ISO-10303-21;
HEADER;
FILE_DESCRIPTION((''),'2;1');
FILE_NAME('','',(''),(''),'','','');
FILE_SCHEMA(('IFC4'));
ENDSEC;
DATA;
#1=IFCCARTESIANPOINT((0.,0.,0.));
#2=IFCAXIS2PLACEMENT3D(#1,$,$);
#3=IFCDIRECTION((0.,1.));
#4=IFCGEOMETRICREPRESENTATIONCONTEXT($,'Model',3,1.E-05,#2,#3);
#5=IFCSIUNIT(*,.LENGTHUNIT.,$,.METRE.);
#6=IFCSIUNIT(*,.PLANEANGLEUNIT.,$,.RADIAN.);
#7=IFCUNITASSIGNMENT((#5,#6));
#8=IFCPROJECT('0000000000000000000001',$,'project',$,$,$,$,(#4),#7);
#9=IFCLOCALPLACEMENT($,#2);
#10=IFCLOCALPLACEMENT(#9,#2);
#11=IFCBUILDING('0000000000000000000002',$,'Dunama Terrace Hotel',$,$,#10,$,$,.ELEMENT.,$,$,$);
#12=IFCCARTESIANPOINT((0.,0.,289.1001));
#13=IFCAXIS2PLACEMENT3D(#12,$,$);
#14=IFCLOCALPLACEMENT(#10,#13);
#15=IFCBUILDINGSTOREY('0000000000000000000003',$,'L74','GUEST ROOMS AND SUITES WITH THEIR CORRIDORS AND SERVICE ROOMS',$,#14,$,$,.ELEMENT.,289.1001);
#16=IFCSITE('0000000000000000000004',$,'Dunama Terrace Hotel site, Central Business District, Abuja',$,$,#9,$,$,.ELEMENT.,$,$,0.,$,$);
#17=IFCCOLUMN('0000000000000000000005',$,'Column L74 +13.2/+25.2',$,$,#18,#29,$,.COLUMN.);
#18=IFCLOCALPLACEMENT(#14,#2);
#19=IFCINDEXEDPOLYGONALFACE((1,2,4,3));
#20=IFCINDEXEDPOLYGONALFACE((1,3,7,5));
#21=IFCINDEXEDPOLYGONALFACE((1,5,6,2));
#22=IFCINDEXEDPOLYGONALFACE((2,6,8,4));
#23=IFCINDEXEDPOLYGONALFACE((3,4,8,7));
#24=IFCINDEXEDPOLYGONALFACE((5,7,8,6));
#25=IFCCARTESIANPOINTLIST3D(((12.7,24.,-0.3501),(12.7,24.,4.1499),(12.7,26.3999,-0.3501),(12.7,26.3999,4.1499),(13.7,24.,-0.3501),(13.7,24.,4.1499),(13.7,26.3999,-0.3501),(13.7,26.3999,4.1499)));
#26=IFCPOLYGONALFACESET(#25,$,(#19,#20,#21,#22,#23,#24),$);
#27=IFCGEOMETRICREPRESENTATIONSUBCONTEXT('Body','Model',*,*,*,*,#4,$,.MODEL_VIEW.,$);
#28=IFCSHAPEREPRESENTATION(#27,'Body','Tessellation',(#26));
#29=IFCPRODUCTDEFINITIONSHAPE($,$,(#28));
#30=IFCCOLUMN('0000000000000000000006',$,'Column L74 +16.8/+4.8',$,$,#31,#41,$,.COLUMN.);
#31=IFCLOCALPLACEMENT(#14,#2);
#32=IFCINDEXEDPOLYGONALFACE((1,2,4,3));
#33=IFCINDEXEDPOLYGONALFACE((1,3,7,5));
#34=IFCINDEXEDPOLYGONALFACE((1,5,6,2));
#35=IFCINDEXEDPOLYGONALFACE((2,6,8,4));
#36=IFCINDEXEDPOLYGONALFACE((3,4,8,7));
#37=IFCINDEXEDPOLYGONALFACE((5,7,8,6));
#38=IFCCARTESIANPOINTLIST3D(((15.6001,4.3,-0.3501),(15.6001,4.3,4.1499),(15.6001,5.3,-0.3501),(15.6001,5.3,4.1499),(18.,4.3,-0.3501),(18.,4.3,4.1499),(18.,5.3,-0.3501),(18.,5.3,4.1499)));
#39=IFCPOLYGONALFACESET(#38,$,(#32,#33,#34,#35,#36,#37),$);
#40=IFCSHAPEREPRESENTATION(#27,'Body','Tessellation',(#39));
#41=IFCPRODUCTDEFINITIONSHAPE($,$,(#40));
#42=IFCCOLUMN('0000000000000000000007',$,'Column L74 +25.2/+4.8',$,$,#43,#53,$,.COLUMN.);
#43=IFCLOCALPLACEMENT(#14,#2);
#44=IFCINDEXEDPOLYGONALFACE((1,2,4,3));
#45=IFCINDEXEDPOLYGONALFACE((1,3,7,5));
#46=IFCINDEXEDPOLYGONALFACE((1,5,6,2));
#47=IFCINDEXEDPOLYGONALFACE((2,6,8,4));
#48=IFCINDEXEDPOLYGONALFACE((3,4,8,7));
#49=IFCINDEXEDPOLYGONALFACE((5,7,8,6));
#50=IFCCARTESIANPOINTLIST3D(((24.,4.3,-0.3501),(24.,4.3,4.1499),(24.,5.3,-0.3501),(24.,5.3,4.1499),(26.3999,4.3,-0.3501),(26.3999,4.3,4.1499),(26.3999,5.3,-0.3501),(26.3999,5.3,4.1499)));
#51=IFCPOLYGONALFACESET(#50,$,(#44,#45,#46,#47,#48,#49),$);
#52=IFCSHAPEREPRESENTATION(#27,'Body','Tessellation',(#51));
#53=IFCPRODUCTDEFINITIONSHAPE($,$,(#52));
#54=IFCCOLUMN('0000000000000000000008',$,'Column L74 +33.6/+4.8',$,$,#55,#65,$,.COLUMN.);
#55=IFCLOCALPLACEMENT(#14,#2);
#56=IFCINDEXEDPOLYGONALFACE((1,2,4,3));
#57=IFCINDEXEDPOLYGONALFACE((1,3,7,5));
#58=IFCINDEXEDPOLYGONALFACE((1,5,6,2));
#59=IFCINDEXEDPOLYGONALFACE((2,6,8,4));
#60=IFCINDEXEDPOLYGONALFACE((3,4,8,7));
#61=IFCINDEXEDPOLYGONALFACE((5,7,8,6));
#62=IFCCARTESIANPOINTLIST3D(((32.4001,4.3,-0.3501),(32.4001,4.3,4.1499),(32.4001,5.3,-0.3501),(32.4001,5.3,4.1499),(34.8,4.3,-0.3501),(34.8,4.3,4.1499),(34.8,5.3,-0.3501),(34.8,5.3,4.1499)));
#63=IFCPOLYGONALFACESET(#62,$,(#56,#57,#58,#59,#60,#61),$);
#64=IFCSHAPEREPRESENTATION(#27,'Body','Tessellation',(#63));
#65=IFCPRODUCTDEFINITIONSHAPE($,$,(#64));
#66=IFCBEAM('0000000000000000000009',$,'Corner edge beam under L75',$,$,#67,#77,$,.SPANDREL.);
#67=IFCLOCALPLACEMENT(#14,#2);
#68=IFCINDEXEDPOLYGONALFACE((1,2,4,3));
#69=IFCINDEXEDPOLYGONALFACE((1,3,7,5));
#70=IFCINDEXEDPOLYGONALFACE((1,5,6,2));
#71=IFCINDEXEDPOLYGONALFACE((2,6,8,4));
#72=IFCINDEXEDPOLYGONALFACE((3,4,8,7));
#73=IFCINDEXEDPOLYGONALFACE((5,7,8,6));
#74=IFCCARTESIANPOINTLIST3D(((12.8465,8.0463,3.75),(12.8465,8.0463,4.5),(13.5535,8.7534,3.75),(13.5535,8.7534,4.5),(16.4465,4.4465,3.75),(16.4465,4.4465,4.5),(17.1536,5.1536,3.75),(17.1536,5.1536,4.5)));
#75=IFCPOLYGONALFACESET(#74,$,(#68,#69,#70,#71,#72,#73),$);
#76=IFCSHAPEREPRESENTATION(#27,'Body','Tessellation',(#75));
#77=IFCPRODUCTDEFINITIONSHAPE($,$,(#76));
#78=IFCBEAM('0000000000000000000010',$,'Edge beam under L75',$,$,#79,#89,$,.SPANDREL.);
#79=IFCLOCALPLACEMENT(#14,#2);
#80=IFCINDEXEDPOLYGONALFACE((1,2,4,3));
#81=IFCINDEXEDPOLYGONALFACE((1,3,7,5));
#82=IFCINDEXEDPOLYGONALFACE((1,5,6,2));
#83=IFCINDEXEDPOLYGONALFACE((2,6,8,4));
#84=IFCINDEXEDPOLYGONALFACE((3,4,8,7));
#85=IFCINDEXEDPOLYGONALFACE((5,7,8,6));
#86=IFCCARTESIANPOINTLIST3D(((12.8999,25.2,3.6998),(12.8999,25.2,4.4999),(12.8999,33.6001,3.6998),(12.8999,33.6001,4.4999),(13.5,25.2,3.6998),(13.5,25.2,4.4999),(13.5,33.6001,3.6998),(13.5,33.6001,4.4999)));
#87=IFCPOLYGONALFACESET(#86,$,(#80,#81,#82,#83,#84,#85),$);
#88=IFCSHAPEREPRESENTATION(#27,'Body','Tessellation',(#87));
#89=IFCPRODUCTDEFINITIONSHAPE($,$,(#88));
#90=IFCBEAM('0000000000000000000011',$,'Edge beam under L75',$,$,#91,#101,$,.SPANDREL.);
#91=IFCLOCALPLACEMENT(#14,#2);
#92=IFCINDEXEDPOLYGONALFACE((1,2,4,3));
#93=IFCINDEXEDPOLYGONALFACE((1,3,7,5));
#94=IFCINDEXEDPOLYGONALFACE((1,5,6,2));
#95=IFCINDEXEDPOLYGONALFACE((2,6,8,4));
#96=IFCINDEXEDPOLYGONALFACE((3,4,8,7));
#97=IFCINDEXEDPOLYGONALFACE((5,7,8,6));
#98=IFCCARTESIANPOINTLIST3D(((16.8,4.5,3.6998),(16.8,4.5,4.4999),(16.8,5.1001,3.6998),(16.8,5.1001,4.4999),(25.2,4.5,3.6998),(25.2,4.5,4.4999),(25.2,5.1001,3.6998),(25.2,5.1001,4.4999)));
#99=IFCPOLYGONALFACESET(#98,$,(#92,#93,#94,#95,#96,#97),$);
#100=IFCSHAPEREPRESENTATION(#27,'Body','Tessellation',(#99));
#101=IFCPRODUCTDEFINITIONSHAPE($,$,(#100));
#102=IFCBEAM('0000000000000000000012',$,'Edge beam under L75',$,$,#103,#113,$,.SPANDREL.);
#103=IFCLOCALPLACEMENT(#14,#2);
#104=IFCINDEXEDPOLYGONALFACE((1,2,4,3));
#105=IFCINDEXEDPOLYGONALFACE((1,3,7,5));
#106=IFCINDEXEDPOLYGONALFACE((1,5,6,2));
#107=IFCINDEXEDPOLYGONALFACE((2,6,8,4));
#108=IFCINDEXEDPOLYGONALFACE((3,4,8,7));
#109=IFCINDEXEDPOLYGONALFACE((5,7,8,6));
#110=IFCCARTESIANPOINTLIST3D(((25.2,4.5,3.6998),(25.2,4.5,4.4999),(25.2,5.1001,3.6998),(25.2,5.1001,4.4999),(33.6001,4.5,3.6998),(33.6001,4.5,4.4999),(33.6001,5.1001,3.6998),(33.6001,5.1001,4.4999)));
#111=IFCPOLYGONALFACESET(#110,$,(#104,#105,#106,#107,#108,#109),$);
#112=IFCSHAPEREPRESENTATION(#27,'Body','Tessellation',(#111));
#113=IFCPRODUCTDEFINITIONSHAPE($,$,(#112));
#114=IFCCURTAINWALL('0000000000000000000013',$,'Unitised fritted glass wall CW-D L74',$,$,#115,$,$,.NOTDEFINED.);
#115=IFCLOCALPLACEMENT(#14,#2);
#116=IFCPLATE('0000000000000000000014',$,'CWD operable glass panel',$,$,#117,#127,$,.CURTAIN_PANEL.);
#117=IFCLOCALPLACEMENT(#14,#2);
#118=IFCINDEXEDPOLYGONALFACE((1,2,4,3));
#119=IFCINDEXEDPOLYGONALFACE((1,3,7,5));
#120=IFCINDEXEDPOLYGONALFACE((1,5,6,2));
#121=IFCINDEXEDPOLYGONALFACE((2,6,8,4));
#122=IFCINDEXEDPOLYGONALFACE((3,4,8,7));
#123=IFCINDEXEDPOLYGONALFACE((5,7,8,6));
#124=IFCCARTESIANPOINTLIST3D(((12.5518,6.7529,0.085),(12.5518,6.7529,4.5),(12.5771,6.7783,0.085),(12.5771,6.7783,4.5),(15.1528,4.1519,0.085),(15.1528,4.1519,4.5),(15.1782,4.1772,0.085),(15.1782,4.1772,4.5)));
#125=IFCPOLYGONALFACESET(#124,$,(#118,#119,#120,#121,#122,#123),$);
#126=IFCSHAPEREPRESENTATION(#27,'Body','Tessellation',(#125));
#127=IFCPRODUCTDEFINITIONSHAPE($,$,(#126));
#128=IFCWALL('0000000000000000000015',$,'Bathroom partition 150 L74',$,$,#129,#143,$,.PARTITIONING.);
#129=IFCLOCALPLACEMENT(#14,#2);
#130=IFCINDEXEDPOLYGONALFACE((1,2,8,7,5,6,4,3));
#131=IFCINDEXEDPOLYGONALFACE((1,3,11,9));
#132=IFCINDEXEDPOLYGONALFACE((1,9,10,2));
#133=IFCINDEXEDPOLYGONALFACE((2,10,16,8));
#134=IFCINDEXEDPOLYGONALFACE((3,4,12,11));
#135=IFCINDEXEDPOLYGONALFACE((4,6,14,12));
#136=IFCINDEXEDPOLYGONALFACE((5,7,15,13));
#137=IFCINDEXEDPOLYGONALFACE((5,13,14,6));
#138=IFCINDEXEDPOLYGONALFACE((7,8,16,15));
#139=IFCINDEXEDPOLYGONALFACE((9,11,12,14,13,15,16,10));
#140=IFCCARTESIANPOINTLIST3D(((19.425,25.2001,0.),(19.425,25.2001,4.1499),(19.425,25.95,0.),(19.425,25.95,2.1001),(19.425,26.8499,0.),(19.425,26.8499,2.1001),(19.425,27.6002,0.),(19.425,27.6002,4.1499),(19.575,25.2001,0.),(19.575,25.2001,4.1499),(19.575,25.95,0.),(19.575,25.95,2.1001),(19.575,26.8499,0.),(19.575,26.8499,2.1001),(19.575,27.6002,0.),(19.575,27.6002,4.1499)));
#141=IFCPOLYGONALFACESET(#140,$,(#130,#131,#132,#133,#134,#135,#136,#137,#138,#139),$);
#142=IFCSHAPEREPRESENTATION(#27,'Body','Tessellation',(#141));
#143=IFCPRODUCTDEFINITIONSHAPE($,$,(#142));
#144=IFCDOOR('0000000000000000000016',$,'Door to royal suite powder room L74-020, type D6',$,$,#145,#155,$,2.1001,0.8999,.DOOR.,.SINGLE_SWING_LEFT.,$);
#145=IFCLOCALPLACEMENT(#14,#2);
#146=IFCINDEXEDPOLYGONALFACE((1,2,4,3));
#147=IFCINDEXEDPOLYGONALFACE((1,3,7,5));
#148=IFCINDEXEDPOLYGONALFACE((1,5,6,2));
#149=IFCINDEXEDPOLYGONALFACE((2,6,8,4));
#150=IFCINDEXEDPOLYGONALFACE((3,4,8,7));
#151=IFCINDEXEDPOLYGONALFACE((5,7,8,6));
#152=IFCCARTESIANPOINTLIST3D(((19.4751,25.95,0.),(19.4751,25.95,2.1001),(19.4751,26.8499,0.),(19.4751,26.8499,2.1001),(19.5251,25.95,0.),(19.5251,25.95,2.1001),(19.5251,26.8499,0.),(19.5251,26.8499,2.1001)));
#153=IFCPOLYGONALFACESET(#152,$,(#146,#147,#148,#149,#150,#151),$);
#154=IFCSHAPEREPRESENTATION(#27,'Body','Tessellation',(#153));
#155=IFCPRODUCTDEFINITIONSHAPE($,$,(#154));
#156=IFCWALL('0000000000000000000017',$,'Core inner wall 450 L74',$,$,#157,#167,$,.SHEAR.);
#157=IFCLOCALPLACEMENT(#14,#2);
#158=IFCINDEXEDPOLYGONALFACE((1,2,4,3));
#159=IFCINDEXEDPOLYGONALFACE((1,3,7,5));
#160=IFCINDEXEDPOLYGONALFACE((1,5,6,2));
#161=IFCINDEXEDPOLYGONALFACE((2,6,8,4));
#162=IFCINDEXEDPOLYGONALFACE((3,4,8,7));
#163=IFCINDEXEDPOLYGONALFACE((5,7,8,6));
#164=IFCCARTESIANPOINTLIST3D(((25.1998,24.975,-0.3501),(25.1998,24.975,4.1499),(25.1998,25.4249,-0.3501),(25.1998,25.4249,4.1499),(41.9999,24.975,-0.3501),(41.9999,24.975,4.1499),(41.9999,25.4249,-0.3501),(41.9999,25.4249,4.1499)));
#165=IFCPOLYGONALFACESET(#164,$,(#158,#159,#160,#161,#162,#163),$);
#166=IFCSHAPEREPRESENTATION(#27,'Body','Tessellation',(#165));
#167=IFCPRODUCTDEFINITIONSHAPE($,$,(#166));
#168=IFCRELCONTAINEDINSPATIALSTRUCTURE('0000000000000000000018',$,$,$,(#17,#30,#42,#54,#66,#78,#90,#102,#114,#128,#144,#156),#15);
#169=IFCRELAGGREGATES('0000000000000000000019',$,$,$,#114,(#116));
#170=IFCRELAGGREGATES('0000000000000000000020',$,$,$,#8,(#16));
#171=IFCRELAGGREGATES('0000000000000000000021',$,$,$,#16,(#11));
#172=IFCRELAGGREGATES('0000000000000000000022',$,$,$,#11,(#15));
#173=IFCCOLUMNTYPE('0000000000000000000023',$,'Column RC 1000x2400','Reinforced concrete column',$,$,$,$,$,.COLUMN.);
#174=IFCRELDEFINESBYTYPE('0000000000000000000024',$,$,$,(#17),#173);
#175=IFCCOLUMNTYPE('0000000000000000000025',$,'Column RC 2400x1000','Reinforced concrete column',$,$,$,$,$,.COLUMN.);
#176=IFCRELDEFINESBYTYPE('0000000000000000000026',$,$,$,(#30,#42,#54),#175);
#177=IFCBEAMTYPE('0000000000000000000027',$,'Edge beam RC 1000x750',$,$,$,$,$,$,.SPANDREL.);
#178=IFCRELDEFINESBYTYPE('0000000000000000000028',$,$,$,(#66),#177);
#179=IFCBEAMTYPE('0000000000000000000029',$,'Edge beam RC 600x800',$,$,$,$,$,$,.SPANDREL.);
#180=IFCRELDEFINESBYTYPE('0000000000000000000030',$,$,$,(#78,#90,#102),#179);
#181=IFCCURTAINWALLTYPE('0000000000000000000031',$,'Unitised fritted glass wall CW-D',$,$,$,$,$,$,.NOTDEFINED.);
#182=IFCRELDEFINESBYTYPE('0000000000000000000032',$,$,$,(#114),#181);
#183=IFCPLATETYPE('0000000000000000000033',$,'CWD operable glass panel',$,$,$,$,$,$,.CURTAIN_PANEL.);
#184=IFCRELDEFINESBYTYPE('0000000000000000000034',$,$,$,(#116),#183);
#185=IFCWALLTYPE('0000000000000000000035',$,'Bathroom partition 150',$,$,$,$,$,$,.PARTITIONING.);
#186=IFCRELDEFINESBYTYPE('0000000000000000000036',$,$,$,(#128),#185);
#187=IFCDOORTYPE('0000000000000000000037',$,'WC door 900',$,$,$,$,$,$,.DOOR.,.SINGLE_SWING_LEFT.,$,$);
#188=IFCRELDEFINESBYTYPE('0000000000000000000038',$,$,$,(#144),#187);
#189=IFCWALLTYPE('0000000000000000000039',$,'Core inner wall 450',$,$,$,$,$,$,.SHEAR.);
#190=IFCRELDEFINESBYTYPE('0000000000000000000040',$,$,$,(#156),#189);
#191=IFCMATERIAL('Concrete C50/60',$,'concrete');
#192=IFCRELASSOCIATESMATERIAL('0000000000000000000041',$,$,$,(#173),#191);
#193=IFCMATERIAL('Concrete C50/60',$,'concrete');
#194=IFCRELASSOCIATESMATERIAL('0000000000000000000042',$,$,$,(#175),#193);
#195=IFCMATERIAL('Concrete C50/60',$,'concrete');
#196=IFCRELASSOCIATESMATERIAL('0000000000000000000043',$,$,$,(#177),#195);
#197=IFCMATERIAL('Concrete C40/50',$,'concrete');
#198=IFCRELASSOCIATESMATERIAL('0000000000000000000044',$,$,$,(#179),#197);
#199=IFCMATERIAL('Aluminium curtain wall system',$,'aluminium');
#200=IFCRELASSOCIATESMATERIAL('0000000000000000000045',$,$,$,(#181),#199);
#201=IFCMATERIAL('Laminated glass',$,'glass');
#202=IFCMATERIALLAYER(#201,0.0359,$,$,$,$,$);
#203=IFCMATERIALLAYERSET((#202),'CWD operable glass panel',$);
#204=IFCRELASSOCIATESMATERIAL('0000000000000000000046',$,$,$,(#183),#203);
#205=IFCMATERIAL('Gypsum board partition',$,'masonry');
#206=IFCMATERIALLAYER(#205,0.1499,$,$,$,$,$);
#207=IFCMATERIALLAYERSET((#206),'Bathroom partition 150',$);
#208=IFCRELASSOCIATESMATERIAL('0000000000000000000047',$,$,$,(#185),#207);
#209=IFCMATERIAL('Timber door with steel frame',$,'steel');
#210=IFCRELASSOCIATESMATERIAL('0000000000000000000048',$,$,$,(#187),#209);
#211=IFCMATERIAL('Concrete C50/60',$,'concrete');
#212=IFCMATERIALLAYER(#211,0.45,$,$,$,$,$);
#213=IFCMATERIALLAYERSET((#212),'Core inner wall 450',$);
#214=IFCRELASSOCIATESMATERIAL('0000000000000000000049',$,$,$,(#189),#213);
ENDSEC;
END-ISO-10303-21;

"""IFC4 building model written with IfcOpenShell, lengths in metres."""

from ifc_helpers import new_model, si_unit, direction, frame, frame_2d, origin, origin_2d, place, context, subcontext, project, spatial, rectangle, extrude, material, layer, layer_set, material_profile, profile_set, type_object, element, fill, aggregate, save


model = new_model("IFC4")

# Units and contexts
model_context = context("Model", 3, precision=1e-05, world=origin(), true_north=direction((0.0, 1.0)))
body_context = subcontext(model_context, "Body", "Model", "MODEL_VIEW")
ifc_project = project(units=[si_unit("LENGTHUNIT", "METRE"), si_unit("PLANEANGLEUNIT", "RADIAN")], contexts=[model_context])

# Site, building, storey
site_placement = place(None, origin())
site = spatial("IfcSite", under=ifc_project, at=site_placement, Name="Dunama Terrace Hotel site, Central Business District, Abuja", CompositionType="ELEMENT", RefElevation=0.0)
building_placement = place(site_placement, origin())
building = spatial("IfcBuilding", under=site, at=building_placement, Name="Dunama Terrace Hotel", CompositionType="ELEMENT")
storey_placement = place(building_placement, frame((0.0, 0.0, 289.1001)))
storey = spatial("IfcBuildingStorey", under=building, at=storey_placement, Name="L74", Description="GUEST ROOMS AND SUITES WITH THEIR CORRIDORS AND SERVICE ROOMS", CompositionType="ELEMENT", Elevation=289.1001)

# Columns
ifc_material_1 = material(Name="Concrete C50/60", Category="concrete")
ifc_material_profile_1 = material_profile(ifc_material_1, rectangle(XDim=1.0, YDim=2.3999, at=origin_2d()), Name="RC 1000x2400")
ifc_profile_set_1 = profile_set([ifc_material_profile_1], Name="Concrete C50/60")
column_type_1 = type_object("IfcColumnType", Name="Column RC 1000x2400", Description="Reinforced concrete column", PredefinedType="COLUMN", material=ifc_profile_set_1)
column_placement = place(storey_placement, frame((13.2, 25.2, -0.3501), z_axis=(0.0, 0.0, 1.0), x_axis=(1.0, 0.0, 0.0)))
element("IfcColumn", 1, at=column_placement, inside=storey, type_object=column_type_1, Name="Column L74 +13.2/+25.2", PredefinedType="COLUMN", context=body_context, shape_type="SweptSolid", body=[
    extrude(rectangle(XDim=1.0, YDim=2.3999, at=origin_2d()), origin(), (0.0, 0.0, 1.0), 4.5),
])
ifc_material_2 = material(Name="Concrete C50/60", Category="concrete")
ifc_material_profile_2 = material_profile(ifc_material_2, rectangle(XDim=2.3999, YDim=1.0, at=origin_2d()), Name="RC 2400x1000")
ifc_profile_set_2 = profile_set([ifc_material_profile_2], Name="Concrete C50/60")
column_type_2 = type_object("IfcColumnType", Name="Column RC 2400x1000", Description="Reinforced concrete column", PredefinedType="COLUMN", material=ifc_profile_set_2)
for number, where, z_axis, x_axis, name in (
    (2, (16.8, 4.8, -0.3501), (0.0, 0.0, 1.0), (1.0, 0.0, 0.0), "Column L74 +16.8/+4.8"),
    (3, (25.2, 4.8, -0.3501), (0.0, 0.0, 1.0), (1.0, 0.0, 0.0), "Column L74 +25.2/+4.8"),
    (4, (33.6001, 4.8, -0.3501), (0.0, 0.0, 1.0), (1.0, 0.0, 0.0), "Column L74 +33.6/+4.8"),
):
    element("IfcColumn", number, at=place(storey_placement, frame(where, z_axis=z_axis, x_axis=x_axis)), inside=storey, type_object=column_type_2, Name=name, PredefinedType="COLUMN", context=body_context, shape_type="SweptSolid", body=[
        extrude(rectangle(XDim=2.3999, YDim=1.0, at=origin_2d()), origin(), (0.0, 0.0, 1.0), 4.5),
    ])

# Beams
ifc_material_3 = material(Name="Concrete C50/60", Category="concrete")
ifc_material_profile_3 = material_profile(ifc_material_3, rectangle(XDim=1.0, YDim=0.75, at=origin_2d()), Name="RC 1000x750")
ifc_profile_set_3 = profile_set([ifc_material_profile_3], Name="Concrete C50/60")
beam_type_1 = type_object("IfcBeamType", Name="Edge beam RC 1000x750", PredefinedType="SPANDREL", material=ifc_profile_set_3)
beam_1_placement = place(storey_placement, frame((16.8, 4.8, 4.125), z_axis=(-0.707131, 0.707083, 0.0), x_axis=(-0.707083, -0.707131, 0.0)))
element("IfcBeam", 5, at=beam_1_placement, inside=storey, type_object=beam_type_1, Name="Corner edge beam under L75", PredefinedType="SPANDREL", context=body_context, shape_type="SweptSolid", body=[
    extrude(rectangle(XDim=1.0, YDim=0.75, at=origin_2d()), origin(), (0.0, 0.0, 1.0), 5.0911),
])
ifc_material_4 = material(Name="Concrete C40/50", Category="concrete")
ifc_material_profile_4 = material_profile(ifc_material_4, rectangle(XDim=0.6001, YDim=0.8, at=origin_2d()), Name="RC 600x800")
ifc_profile_set_4 = profile_set([ifc_material_profile_4], Name="Concrete C40/50")
beam_type_2 = type_object("IfcBeamType", Name="Edge beam RC 600x800", PredefinedType="SPANDREL", material=ifc_profile_set_4)
beam_2_placement = place(storey_placement, frame((13.2, 25.2, 4.0999), z_axis=(0.0, 1.0, 0.0), x_axis=(-1.0, 0.0, 0.0)))
element("IfcBeam", 6, at=beam_2_placement, inside=storey, type_object=beam_type_2, Name="Edge beam under L75", PredefinedType="SPANDREL", context=body_context, shape_type="SweptSolid", body=[
    extrude(rectangle(XDim=0.6001, YDim=0.8, at=origin_2d()), origin(), (0.0, 0.0, 1.0), 8.4001),
])
beam_3_placement = place(storey_placement, frame((16.8, 4.8, 4.0999), z_axis=(1.0, 0.0, 0.0), x_axis=(0.0, 1.0, 0.0)))
element("IfcBeam", 7, at=beam_3_placement, inside=storey, type_object=beam_type_2, Name="Edge beam under L75", PredefinedType="SPANDREL", context=body_context, shape_type="SweptSolid", body=[
    extrude(rectangle(XDim=0.6001, YDim=0.8, at=origin_2d()), origin(), (0.0, 0.0, 1.0), 8.3999),
])
beam_4_placement = place(storey_placement, frame((25.2, 4.8, 4.0999), z_axis=(1.0, 0.0, 0.0), x_axis=(0.0, 1.0, 0.0)))
element("IfcBeam", 8, at=beam_4_placement, inside=storey, type_object=beam_type_2, Name="Edge beam under L75", PredefinedType="SPANDREL", context=body_context, shape_type="SweptSolid", body=[
    extrude(rectangle(XDim=0.6001, YDim=0.8, at=origin_2d()), origin(), (0.0, 0.0, 1.0), 8.4001),
])

# Curtain wall, plate
ifc_material_5 = material(Name="Aluminium curtain wall system", Category="aluminium")
curtain_wall_type = type_object("IfcCurtainWallType", Name="Unitised fritted glass wall CW-D", PredefinedType="NOTDEFINED", material=ifc_material_5)
curtain_wall_placement = place(storey_placement, origin())
curtain_wall = element("IfcCurtainWall", 9, at=curtain_wall_placement, inside=storey, type_object=curtain_wall_type, Name="Unitised fritted glass wall CW-D L74", PredefinedType="NOTDEFINED")
ifc_material_6 = material(Name="Laminated glass", Category="glass")
ifc_layer_1 = layer(ifc_material_6, 0.0359)
ifc_layer_set_1 = layer_set([ifc_layer_1], Name="CWD operable glass panel")
plate_type = type_object("IfcPlateType", Name="CWD operable glass panel", PredefinedType="CURTAIN_PANEL", material=ifc_layer_set_1)
plate_placement = place(storey_placement, frame((13.865, 5.4651, 0.085), z_axis=(0.0, 0.0, 1.0), x_axis=(0.707107, -0.707107, 0.0)))
plate = element("IfcPlate", 10, at=plate_placement, type_object=plate_type, Name="CWD operable glass panel", PredefinedType="CURTAIN_PANEL", context=body_context, shape_type="SweptSolid", body=[
    extrude(rectangle(XDim=3.6785, YDim=0.0359, at=origin_2d()), origin(), (0.0, 0.0, 1.0), 4.415),
])
aggregate(curtain_wall, [plate])

# Wall, opening, door
ifc_material_7 = material(Name="Gypsum board partition", Category="masonry")
ifc_layer_2 = layer(ifc_material_7, 0.1499)
ifc_layer_set_2 = layer_set([ifc_layer_2], Name="Bathroom partition 150")
wall_type_1 = type_object("IfcWallType", Name="Bathroom partition 150", PredefinedType="PARTITIONING", material=ifc_layer_set_2)
wall_1_placement = place(storey_placement, frame((19.5, 25.2, 0.0), z_axis=(0.0, 0.0, 1.0), x_axis=(0.0, 1.0, 0.0)))
wall_1 = element("IfcWall", 11, at=wall_1_placement, inside=storey, type_object=wall_type_1, Name="Bathroom partition 150 L74", PredefinedType="PARTITIONING", context=body_context, shape_type="SweptSolid", body=[
    extrude(rectangle(XDim=2.4001, YDim=0.1499, at=frame_2d((1.2002, 0.0))), origin(), (0.0, 0.0, 1.0), 4.1499),
])
opening_1_placement = place(wall_1_placement, frame((0.75, 0.0, 0.0)))
opening_1 = element("IfcOpeningElement", 12, at=opening_1_placement, cuts=wall_1, PredefinedType="OPENING", context=body_context, shape_type="SweptSolid", body=[
    extrude(rectangle(XDim=0.8999, YDim=2.1001, at=frame_2d((0.45, 1.05))), frame((0.0, 0.085, 0.0), z_axis=(0.0, -1.0, 0.0), x_axis=(1.0, 0.0, 0.0)), (0.0, 0.0, 1.0), 0.1699),
])
ifc_material_8 = material(Name="Timber door with steel frame", Category="steel")
door_type_1 = type_object("IfcDoorType", Name="WC door 900", OperationType="SINGLE_SWING_LEFT", PredefinedType="DOOR", material=ifc_material_8)
door_1_placement = place(opening_1_placement, origin())
door_1 = element("IfcDoor", 13, at=door_1_placement, inside=storey, type_object=door_type_1, Name="Door to royal suite powder room L74-020, type D6", OperationType="SINGLE_SWING_LEFT", OverallHeight=2.1001, OverallWidth=0.8999, PredefinedType="DOOR", context=body_context, shape_type="SweptSolid", body=[
    extrude(rectangle(XDim=0.8999, YDim=2.1001, at=frame_2d((0.45, 1.05))), frame((0.0, 0.0249, 0.0), z_axis=(0.0, -1.0, 0.0), x_axis=(1.0, 0.0, 0.0)), (0.0, 0.0, 1.0), 0.05),
])
fill(opening_1, door_1)

# Wall
ifc_material_9 = material(Name="Concrete C50/60", Category="concrete")
ifc_layer_3 = layer(ifc_material_9, 0.45)
ifc_layer_set_3 = layer_set([ifc_layer_3], Name="Core inner wall 450")
wall_type_2 = type_object("IfcWallType", Name="Core inner wall 450", PredefinedType="SHEAR", material=ifc_layer_set_3)
wall_2_placement = place(storey_placement, frame((25.2, 25.2, -0.3501), z_axis=(0.0, 0.0, 1.0), x_axis=(1.0, 0.0, 0.0)))
element("IfcWall", 14, at=wall_2_placement, inside=storey, type_object=wall_type_2, Name="Core inner wall 450 L74", PredefinedType="SHEAR", context=body_context, shape_type="SweptSolid", body=[
    extrude(rectangle(XDim=16.8, YDim=0.45, at=frame_2d((8.3999, 0.0))), origin(), (0.0, 0.0, 1.0), 4.5),
])

save(model, "model.ifc")
